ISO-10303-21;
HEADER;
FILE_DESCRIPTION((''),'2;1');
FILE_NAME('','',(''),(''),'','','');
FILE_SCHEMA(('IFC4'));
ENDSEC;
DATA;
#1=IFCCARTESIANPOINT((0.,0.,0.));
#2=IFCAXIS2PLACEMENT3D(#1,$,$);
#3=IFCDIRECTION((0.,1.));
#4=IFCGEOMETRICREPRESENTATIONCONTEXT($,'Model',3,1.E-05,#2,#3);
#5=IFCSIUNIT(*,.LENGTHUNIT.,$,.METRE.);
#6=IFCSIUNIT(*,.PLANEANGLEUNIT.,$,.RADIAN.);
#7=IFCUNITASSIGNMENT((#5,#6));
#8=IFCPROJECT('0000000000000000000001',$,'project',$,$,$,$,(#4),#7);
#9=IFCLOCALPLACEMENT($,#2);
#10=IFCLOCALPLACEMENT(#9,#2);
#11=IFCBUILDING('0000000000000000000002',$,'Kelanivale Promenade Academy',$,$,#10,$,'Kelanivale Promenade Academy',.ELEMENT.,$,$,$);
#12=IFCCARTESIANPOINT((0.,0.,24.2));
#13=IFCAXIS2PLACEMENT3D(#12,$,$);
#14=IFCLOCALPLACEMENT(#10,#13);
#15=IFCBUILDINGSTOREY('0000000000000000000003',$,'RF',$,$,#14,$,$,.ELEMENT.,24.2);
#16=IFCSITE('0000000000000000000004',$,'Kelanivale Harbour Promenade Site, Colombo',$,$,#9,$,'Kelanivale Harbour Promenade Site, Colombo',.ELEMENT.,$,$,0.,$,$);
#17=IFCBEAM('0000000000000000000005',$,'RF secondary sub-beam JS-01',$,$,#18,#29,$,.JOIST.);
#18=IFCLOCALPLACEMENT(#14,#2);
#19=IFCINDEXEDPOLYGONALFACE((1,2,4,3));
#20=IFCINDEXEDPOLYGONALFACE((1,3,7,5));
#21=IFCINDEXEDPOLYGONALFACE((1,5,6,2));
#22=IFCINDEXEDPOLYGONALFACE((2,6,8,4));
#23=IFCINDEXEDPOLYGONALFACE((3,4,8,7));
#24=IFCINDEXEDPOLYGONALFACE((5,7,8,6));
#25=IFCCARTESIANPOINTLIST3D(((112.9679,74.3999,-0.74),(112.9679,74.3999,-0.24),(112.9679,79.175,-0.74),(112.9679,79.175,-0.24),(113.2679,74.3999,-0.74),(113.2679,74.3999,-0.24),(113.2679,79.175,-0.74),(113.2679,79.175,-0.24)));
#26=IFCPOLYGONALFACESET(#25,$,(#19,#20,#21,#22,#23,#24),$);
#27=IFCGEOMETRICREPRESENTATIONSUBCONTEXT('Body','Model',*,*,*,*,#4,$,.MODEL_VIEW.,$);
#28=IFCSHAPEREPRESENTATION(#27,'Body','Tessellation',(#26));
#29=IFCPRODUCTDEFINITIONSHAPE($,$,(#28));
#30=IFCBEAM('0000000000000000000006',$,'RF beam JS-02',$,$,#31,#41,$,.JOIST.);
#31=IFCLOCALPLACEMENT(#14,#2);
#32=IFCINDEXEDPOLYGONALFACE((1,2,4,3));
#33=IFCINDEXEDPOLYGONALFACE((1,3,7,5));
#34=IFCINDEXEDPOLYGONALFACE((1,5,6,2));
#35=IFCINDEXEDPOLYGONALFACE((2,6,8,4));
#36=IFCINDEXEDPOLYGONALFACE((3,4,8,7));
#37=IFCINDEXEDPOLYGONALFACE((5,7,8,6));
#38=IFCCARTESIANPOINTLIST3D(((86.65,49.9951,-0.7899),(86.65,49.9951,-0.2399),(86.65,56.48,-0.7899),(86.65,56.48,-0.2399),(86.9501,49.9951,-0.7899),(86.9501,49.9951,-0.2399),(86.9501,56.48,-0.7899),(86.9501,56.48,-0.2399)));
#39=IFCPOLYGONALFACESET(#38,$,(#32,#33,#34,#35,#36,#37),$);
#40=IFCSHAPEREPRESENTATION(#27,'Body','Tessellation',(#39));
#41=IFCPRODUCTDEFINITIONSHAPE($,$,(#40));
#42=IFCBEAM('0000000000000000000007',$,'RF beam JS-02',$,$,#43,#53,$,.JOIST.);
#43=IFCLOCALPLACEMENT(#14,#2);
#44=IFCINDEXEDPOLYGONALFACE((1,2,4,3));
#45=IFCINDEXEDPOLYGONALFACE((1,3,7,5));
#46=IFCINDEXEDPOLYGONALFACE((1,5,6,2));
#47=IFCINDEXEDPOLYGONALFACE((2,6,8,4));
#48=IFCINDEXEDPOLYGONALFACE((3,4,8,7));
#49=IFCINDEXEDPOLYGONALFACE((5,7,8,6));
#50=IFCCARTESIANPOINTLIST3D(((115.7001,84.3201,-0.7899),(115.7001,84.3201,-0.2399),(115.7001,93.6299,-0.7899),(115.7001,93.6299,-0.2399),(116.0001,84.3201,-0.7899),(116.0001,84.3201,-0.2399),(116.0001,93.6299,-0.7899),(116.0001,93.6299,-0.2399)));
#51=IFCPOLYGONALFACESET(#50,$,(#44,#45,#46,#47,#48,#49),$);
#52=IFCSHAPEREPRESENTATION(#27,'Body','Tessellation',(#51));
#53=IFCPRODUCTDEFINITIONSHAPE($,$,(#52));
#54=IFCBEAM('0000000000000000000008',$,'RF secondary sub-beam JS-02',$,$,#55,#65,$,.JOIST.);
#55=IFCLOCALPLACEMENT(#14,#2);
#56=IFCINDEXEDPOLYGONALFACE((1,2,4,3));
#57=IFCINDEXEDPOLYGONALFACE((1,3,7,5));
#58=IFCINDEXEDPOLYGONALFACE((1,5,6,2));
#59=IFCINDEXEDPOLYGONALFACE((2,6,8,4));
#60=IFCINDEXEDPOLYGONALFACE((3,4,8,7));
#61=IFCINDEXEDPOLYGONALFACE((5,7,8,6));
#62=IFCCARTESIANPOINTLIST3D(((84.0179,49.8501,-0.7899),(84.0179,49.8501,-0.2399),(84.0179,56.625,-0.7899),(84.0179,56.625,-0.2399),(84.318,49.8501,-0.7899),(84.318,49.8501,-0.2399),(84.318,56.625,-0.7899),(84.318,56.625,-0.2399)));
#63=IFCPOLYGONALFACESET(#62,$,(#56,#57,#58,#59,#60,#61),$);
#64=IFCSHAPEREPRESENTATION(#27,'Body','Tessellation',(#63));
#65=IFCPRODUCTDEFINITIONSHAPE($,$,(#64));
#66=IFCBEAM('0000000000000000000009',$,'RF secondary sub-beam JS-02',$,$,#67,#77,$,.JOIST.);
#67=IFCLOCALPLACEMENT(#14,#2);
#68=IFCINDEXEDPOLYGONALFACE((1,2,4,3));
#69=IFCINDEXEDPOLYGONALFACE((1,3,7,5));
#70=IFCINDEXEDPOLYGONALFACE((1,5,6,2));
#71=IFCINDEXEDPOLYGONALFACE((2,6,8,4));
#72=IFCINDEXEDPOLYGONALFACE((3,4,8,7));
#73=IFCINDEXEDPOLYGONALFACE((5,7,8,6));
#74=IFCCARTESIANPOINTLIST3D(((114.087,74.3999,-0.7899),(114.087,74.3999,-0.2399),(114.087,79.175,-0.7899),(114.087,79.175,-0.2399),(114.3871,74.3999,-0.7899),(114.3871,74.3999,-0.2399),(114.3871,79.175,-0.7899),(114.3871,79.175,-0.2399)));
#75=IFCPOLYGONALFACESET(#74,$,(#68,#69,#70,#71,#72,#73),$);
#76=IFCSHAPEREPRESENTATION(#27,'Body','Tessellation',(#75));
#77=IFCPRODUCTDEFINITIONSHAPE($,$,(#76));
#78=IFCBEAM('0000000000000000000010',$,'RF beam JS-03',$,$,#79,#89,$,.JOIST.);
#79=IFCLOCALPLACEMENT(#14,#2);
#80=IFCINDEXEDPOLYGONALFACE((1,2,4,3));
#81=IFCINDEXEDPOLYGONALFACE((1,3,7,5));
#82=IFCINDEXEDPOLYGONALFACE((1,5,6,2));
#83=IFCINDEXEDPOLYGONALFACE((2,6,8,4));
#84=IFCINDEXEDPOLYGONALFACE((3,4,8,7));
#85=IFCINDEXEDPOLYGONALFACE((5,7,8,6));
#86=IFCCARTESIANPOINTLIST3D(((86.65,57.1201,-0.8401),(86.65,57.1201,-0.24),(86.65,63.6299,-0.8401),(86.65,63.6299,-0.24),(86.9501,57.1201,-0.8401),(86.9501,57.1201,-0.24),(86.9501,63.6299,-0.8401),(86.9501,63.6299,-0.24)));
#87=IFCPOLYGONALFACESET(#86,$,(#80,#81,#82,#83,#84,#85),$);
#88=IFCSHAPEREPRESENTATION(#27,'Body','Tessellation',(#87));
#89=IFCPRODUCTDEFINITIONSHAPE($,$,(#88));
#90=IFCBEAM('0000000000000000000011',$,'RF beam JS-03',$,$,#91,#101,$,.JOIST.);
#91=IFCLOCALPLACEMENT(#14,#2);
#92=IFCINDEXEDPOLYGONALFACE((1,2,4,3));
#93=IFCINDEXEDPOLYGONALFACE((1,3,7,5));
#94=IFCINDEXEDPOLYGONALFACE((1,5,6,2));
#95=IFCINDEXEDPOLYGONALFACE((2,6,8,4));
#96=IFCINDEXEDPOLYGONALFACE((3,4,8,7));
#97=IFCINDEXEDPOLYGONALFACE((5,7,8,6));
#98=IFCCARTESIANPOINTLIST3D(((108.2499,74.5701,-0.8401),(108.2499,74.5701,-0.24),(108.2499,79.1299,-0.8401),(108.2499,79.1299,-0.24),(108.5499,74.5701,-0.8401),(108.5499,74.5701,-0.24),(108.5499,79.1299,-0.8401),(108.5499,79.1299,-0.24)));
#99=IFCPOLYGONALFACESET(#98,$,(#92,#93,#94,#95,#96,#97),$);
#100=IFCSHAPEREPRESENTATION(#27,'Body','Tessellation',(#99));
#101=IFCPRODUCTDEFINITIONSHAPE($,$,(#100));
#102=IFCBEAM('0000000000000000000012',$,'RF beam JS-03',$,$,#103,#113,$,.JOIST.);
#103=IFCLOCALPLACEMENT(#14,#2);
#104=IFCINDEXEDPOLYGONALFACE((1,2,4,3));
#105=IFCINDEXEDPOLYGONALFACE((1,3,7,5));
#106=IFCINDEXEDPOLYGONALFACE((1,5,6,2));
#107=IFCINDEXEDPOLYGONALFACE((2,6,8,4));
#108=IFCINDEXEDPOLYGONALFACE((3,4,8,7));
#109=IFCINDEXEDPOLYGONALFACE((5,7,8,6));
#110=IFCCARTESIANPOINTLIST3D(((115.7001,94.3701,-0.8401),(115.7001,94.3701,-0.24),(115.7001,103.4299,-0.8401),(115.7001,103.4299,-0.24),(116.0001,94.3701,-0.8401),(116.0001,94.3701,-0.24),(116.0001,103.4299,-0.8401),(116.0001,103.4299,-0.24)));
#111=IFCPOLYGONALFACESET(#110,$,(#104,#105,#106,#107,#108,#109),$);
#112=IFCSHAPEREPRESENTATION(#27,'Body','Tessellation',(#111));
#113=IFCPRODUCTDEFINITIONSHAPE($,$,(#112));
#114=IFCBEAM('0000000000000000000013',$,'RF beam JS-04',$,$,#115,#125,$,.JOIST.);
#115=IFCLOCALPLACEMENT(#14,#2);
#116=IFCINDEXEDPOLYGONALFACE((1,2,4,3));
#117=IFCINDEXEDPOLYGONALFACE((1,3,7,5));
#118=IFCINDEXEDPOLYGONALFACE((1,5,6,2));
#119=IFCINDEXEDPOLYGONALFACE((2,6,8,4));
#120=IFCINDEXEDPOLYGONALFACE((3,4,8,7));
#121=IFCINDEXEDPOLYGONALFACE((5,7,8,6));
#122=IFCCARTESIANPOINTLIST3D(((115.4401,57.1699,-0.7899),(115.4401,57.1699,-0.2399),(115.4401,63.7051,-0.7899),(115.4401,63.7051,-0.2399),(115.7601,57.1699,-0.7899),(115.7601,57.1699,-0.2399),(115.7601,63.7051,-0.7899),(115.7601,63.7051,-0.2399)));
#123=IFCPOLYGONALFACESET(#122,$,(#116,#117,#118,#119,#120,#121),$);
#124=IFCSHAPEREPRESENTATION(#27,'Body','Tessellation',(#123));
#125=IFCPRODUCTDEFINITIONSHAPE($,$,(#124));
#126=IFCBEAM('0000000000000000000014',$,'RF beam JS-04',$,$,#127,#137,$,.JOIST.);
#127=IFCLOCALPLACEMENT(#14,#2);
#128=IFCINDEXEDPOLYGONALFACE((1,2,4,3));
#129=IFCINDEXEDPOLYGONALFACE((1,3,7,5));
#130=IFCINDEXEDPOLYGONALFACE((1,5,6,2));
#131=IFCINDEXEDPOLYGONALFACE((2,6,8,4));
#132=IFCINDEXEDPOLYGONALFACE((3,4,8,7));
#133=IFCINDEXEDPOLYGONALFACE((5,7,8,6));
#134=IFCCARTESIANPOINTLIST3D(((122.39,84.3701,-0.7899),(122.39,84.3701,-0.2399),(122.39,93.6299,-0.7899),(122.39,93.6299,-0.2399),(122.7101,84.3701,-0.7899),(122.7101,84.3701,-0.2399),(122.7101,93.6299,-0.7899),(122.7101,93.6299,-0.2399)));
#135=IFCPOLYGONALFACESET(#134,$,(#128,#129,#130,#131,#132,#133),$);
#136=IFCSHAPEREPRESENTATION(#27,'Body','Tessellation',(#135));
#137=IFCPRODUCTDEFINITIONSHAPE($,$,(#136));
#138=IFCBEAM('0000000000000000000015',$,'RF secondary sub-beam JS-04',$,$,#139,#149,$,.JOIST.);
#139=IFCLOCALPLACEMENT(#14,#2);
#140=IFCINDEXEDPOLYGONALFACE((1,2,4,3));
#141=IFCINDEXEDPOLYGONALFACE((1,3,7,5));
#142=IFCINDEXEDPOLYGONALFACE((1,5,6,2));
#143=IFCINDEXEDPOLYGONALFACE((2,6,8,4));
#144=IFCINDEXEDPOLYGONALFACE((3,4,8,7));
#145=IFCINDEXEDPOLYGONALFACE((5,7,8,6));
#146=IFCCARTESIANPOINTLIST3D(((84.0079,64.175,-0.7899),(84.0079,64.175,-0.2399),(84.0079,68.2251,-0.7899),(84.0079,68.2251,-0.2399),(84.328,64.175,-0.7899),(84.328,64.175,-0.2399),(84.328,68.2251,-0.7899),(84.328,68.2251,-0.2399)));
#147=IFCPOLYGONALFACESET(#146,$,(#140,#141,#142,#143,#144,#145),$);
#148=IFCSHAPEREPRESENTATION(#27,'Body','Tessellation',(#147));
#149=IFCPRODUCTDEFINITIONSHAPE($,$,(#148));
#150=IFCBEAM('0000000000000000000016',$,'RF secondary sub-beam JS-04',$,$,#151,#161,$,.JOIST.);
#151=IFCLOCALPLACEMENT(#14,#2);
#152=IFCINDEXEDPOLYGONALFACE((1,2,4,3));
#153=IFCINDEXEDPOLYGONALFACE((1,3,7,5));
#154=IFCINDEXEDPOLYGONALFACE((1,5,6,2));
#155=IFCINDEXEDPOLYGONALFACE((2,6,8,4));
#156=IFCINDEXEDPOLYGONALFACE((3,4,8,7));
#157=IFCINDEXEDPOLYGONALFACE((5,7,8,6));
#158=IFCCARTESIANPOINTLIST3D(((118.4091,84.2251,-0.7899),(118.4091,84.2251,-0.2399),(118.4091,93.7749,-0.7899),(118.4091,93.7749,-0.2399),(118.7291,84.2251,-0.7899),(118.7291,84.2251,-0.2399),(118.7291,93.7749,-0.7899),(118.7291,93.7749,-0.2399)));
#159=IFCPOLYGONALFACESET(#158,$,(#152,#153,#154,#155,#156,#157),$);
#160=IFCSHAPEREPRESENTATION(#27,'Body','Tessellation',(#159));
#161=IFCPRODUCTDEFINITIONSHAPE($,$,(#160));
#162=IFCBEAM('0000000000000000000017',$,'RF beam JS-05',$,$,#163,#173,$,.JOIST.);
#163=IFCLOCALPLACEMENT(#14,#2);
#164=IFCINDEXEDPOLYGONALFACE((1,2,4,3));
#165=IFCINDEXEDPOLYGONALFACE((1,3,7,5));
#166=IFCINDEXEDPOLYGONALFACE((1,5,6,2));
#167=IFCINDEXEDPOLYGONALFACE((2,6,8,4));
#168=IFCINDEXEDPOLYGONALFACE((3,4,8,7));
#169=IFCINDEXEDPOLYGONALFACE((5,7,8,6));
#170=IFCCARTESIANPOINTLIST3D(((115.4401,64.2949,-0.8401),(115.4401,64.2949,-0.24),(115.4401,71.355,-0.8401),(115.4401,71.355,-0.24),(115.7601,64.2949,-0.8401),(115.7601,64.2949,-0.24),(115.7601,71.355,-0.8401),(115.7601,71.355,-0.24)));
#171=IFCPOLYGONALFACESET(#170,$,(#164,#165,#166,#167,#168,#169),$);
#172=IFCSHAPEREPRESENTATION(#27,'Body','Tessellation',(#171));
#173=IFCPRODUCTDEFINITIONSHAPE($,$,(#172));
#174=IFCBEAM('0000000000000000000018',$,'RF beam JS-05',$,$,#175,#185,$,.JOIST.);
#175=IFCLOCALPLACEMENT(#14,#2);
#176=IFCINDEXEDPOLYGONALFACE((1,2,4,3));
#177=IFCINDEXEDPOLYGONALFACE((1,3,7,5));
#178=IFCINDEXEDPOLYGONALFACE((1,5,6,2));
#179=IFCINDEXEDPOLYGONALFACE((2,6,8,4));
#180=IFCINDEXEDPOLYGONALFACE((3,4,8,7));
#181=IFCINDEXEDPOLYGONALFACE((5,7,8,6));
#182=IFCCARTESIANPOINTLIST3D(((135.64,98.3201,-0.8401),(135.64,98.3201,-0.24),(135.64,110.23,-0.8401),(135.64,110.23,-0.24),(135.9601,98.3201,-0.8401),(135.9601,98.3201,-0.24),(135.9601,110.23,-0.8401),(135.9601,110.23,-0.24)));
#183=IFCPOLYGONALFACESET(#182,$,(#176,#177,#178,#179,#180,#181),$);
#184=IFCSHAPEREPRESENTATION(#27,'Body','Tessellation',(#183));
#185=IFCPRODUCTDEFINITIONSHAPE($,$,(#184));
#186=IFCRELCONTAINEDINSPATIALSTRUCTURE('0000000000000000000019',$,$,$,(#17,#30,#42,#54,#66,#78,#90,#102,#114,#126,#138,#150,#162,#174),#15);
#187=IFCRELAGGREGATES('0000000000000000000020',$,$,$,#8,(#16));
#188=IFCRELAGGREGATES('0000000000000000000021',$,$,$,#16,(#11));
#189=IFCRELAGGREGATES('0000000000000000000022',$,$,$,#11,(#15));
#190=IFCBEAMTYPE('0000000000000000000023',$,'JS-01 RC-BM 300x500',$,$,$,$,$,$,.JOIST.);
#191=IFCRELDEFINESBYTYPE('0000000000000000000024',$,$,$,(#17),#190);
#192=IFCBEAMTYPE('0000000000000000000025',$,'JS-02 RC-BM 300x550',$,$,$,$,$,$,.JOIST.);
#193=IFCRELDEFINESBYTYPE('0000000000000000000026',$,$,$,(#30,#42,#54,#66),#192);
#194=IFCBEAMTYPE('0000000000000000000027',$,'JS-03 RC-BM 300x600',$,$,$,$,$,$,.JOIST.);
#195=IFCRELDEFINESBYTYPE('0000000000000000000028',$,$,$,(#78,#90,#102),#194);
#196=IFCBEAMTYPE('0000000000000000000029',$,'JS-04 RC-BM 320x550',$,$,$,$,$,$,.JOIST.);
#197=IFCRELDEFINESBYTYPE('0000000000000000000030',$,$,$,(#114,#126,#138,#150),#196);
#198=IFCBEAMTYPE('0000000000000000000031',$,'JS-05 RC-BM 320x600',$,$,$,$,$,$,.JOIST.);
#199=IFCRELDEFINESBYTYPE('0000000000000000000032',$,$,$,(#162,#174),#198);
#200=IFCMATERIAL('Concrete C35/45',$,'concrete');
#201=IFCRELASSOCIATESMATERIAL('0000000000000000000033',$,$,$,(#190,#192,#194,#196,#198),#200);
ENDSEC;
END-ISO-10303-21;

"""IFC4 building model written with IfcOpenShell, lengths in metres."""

from ifc_helpers import new_model, si_unit, direction, frame, origin, origin_2d, place, context, subcontext, project, spatial, rectangle, extrude, material, material_profile, profile_set, type_object, element, save


model = new_model("IFC4")

# Units and contexts
model_context = context("Model", 3, precision=1e-05, world=origin(), true_north=direction((0.0, 1.0)))
body_context = subcontext(model_context, "Body", "Model", "MODEL_VIEW")
ifc_project = project(units=[si_unit("LENGTHUNIT", "METRE"), si_unit("PLANEANGLEUNIT", "RADIAN")], contexts=[model_context])

# Site, building, storey
site_placement = place(None, origin())
site = spatial("IfcSite", under=ifc_project, at=site_placement, Name="Kelanivale Harbour Promenade Site, Colombo", LongName="Kelanivale Harbour Promenade Site, Colombo", CompositionType="ELEMENT", RefElevation=0.0)
building_placement = place(site_placement, origin())
building = spatial("IfcBuilding", under=site, at=building_placement, Name="Kelanivale Promenade Academy", LongName="Kelanivale Promenade Academy", CompositionType="ELEMENT")
storey_placement = place(building_placement, frame((0.0, 0.0, 24.2)))
storey = spatial("IfcBuildingStorey", under=building, at=storey_placement, Name="RF", CompositionType="ELEMENT", Elevation=24.2)

# Beams
ifc_material_1 = material(Name="Concrete C35/45", Category="concrete")
ifc_material_profile_1 = material_profile(ifc_material_1, rectangle(XDim=0.3, YDim=0.5, at=origin_2d()), Name="RC-BM 300x500")
ifc_profile_set_1 = profile_set([ifc_material_profile_1], Name="Concrete C35/45")
beam_type_1 = type_object("IfcBeamType", Name="JS-01 RC-BM 300x500", PredefinedType="JOIST", material=ifc_profile_set_1)
beam_1_placement = place(storey_placement, frame((113.1179, 74.3999, -0.49), z_axis=(0.0, 1.0, 0.0), x_axis=(-1.0, 0.0, 0.0)))
element("IfcBeam", 1, at=beam_1_placement, inside=storey, type_object=beam_type_1, Name="RF secondary sub-beam JS-01", PredefinedType="JOIST", context=body_context, shape_type="SweptSolid", body=[
    extrude(rectangle(XDim=0.3, YDim=0.5, at=origin_2d()), origin(), (0.0, 0.0, 1.0), 4.7751),
])
ifc_material_profile_2 = material_profile(ifc_material_1, rectangle(XDim=0.3, YDim=0.55, at=origin_2d()), Name="RC-BM 300x550")
ifc_profile_set_2 = profile_set([ifc_material_profile_2], Name="Concrete C35/45")
beam_type_2 = type_object("IfcBeamType", Name="JS-02 RC-BM 300x550", PredefinedType="JOIST", material=ifc_profile_set_2)
beam_2_placement = place(storey_placement, frame((86.8, 49.9951, -0.5149), z_axis=(0.0, 1.0, 0.0), x_axis=(-1.0, 0.0, 0.0)))
element("IfcBeam", 2, at=beam_2_placement, inside=storey, type_object=beam_type_2, Name="RF beam JS-02", PredefinedType="JOIST", context=body_context, shape_type="SweptSolid", body=[
    extrude(rectangle(XDim=0.3, YDim=0.55, at=origin_2d()), origin(), (0.0, 0.0, 1.0), 6.4849),
])
beam_3_placement = place(storey_placement, frame((115.8501, 84.3201, -0.5149), z_axis=(0.0, 1.0, 0.0), x_axis=(-1.0, 0.0, 0.0)))
element("IfcBeam", 3, at=beam_3_placement, inside=storey, type_object=beam_type_2, Name="RF beam JS-02", PredefinedType="JOIST", context=body_context, shape_type="SweptSolid", body=[
    extrude(rectangle(XDim=0.3, YDim=0.55, at=origin_2d()), origin(), (0.0, 0.0, 1.0), 9.3098),
])
beam_4_placement = place(storey_placement, frame((84.168, 49.8501, -0.5149), z_axis=(0.0, 1.0, 0.0), x_axis=(-1.0, 0.0, 0.0)))
element("IfcBeam", 4, at=beam_4_placement, inside=storey, type_object=beam_type_2, Name="RF secondary sub-beam JS-02", PredefinedType="JOIST", context=body_context, shape_type="SweptSolid", body=[
    extrude(rectangle(XDim=0.3, YDim=0.55, at=origin_2d()), origin(), (0.0, 0.0, 1.0), 6.7749),
])
beam_5_placement = place(storey_placement, frame((114.2371, 74.3999, -0.5149), z_axis=(0.0, 1.0, 0.0), x_axis=(-1.0, 0.0, 0.0)))
element("IfcBeam", 5, at=beam_5_placement, inside=storey, type_object=beam_type_2, Name="RF secondary sub-beam JS-02", PredefinedType="JOIST", context=body_context, shape_type="SweptSolid", body=[
    extrude(rectangle(XDim=0.3, YDim=0.55, at=origin_2d()), origin(), (0.0, 0.0, 1.0), 4.7751),
])
ifc_material_profile_3 = material_profile(ifc_material_1, rectangle(XDim=0.3, YDim=0.6001, at=origin_2d()), Name="RC-BM 300x600")
ifc_profile_set_3 = profile_set([ifc_material_profile_3], Name="Concrete C35/45")
beam_type_3 = type_object("IfcBeamType", Name="JS-03 RC-BM 300x600", PredefinedType="JOIST", material=ifc_profile_set_3)
beam_6_placement = place(storey_placement, frame((86.8, 57.1201, -0.54), z_axis=(0.0, 1.0, 0.0), x_axis=(-1.0, 0.0, 0.0)))
element("IfcBeam", 6, at=beam_6_placement, inside=storey, type_object=beam_type_3, Name="RF beam JS-03", PredefinedType="JOIST", context=body_context, shape_type="SweptSolid", body=[
    extrude(rectangle(XDim=0.3, YDim=0.6001, at=origin_2d()), origin(), (0.0, 0.0, 1.0), 6.5098),
])
beam_7_placement = place(storey_placement, frame((108.3999, 74.5701, -0.54), z_axis=(0.0, 1.0, 0.0), x_axis=(-1.0, 0.0, 0.0)))
element("IfcBeam", 7, at=beam_7_placement, inside=storey, type_object=beam_type_3, Name="RF beam JS-03", PredefinedType="JOIST", context=body_context, shape_type="SweptSolid", body=[
    extrude(rectangle(XDim=0.3, YDim=0.6001, at=origin_2d()), origin(), (0.0, 0.0, 1.0), 4.5598),
])
beam_8_placement = place(storey_placement, frame((115.8501, 94.3701, -0.54), z_axis=(0.0, 1.0, 0.0), x_axis=(-1.0, 0.0, 0.0)))
element("IfcBeam", 8, at=beam_8_placement, inside=storey, type_object=beam_type_3, Name="RF beam JS-03", PredefinedType="JOIST", context=body_context, shape_type="SweptSolid", body=[
    extrude(rectangle(XDim=0.3, YDim=0.6001, at=origin_2d()), origin(), (0.0, 0.0, 1.0), 9.0598),
])
ifc_material_profile_4 = material_profile(ifc_material_1, rectangle(XDim=0.3201, YDim=0.55, at=origin_2d()), Name="RC-BM 320x550")
ifc_profile_set_4 = profile_set([ifc_material_profile_4], Name="Concrete C35/45")
beam_type_4 = type_object("IfcBeamType", Name="JS-04 RC-BM 320x550", PredefinedType="JOIST", material=ifc_profile_set_4)
beam_9_placement = place(storey_placement, frame((115.6001, 57.1699, -0.5149), z_axis=(0.0, 1.0, 0.0), x_axis=(-1.0, 0.0, 0.0)))
element("IfcBeam", 9, at=beam_9_placement, inside=storey, type_object=beam_type_4, Name="RF beam JS-04", PredefinedType="JOIST", context=body_context, shape_type="SweptSolid", body=[
    extrude(rectangle(XDim=0.3201, YDim=0.55, at=origin_2d()), origin(), (0.0, 0.0, 1.0), 6.5352),
])
beam_10_placement = place(storey_placement, frame((122.55, 84.3701, -0.5149), z_axis=(0.0, 1.0, 0.0), x_axis=(-1.0, 0.0, 0.0)))
element("IfcBeam", 10, at=beam_10_placement, inside=storey, type_object=beam_type_4, Name="RF beam JS-04", PredefinedType="JOIST", context=body_context, shape_type="SweptSolid", body=[
    extrude(rectangle(XDim=0.3201, YDim=0.55, at=origin_2d()), origin(), (0.0, 0.0, 1.0), 9.2598),
])
beam_11_placement = place(storey_placement, frame((84.168, 64.175, -0.5149), z_axis=(0.0, 1.0, 0.0), x_axis=(-1.0, 0.0, 0.0)))
element("IfcBeam", 11, at=beam_11_placement, inside=storey, type_object=beam_type_4, Name="RF secondary sub-beam JS-04", PredefinedType="JOIST", context=body_context, shape_type="SweptSolid", body=[
    extrude(rectangle(XDim=0.3201, YDim=0.55, at=origin_2d()), origin(), (0.0, 0.0, 1.0), 4.05),
])
beam_12_placement = place(storey_placement, frame((118.5691, 84.2251, -0.5149), z_axis=(0.0, 1.0, 0.0), x_axis=(-1.0, 0.0, 0.0)))
element("IfcBeam", 12, at=beam_12_placement, inside=storey, type_object=beam_type_4, Name="RF secondary sub-beam JS-04", PredefinedType="JOIST", context=body_context, shape_type="SweptSolid", body=[
    extrude(rectangle(XDim=0.3201, YDim=0.55, at=origin_2d()), origin(), (0.0, 0.0, 1.0), 9.5498),
])
ifc_material_profile_5 = material_profile(ifc_material_1, rectangle(XDim=0.3201, YDim=0.6001, at=origin_2d()), Name="RC-BM 320x600")
ifc_profile_set_5 = profile_set([ifc_material_profile_5], Name="Concrete C35/45")
beam_type_5 = type_object("IfcBeamType", Name="JS-05 RC-BM 320x600", PredefinedType="JOIST", material=ifc_profile_set_5)
beam_13_placement = place(storey_placement, frame((115.6001, 64.2949, -0.54), z_axis=(0.0, 1.0, 0.0), x_axis=(-1.0, 0.0, 0.0)))
element("IfcBeam", 13, at=beam_13_placement, inside=storey, type_object=beam_type_5, Name="RF beam JS-05", PredefinedType="JOIST", context=body_context, shape_type="SweptSolid", body=[
    extrude(rectangle(XDim=0.3201, YDim=0.6001, at=origin_2d()), origin(), (0.0, 0.0, 1.0), 7.0601),
])
beam_14_placement = place(storey_placement, frame((135.8, 98.3201, -0.54), z_axis=(0.0, 1.0, 0.0), x_axis=(-1.0, 0.0, 0.0)))
element("IfcBeam", 14, at=beam_14_placement, inside=storey, type_object=beam_type_5, Name="RF beam JS-05", PredefinedType="JOIST", context=body_context, shape_type="SweptSolid", body=[
    extrude(rectangle(XDim=0.3201, YDim=0.6001, at=origin_2d()), origin(), (0.0, 0.0, 1.0), 11.9099),
])

save(model, "model.ifc")
